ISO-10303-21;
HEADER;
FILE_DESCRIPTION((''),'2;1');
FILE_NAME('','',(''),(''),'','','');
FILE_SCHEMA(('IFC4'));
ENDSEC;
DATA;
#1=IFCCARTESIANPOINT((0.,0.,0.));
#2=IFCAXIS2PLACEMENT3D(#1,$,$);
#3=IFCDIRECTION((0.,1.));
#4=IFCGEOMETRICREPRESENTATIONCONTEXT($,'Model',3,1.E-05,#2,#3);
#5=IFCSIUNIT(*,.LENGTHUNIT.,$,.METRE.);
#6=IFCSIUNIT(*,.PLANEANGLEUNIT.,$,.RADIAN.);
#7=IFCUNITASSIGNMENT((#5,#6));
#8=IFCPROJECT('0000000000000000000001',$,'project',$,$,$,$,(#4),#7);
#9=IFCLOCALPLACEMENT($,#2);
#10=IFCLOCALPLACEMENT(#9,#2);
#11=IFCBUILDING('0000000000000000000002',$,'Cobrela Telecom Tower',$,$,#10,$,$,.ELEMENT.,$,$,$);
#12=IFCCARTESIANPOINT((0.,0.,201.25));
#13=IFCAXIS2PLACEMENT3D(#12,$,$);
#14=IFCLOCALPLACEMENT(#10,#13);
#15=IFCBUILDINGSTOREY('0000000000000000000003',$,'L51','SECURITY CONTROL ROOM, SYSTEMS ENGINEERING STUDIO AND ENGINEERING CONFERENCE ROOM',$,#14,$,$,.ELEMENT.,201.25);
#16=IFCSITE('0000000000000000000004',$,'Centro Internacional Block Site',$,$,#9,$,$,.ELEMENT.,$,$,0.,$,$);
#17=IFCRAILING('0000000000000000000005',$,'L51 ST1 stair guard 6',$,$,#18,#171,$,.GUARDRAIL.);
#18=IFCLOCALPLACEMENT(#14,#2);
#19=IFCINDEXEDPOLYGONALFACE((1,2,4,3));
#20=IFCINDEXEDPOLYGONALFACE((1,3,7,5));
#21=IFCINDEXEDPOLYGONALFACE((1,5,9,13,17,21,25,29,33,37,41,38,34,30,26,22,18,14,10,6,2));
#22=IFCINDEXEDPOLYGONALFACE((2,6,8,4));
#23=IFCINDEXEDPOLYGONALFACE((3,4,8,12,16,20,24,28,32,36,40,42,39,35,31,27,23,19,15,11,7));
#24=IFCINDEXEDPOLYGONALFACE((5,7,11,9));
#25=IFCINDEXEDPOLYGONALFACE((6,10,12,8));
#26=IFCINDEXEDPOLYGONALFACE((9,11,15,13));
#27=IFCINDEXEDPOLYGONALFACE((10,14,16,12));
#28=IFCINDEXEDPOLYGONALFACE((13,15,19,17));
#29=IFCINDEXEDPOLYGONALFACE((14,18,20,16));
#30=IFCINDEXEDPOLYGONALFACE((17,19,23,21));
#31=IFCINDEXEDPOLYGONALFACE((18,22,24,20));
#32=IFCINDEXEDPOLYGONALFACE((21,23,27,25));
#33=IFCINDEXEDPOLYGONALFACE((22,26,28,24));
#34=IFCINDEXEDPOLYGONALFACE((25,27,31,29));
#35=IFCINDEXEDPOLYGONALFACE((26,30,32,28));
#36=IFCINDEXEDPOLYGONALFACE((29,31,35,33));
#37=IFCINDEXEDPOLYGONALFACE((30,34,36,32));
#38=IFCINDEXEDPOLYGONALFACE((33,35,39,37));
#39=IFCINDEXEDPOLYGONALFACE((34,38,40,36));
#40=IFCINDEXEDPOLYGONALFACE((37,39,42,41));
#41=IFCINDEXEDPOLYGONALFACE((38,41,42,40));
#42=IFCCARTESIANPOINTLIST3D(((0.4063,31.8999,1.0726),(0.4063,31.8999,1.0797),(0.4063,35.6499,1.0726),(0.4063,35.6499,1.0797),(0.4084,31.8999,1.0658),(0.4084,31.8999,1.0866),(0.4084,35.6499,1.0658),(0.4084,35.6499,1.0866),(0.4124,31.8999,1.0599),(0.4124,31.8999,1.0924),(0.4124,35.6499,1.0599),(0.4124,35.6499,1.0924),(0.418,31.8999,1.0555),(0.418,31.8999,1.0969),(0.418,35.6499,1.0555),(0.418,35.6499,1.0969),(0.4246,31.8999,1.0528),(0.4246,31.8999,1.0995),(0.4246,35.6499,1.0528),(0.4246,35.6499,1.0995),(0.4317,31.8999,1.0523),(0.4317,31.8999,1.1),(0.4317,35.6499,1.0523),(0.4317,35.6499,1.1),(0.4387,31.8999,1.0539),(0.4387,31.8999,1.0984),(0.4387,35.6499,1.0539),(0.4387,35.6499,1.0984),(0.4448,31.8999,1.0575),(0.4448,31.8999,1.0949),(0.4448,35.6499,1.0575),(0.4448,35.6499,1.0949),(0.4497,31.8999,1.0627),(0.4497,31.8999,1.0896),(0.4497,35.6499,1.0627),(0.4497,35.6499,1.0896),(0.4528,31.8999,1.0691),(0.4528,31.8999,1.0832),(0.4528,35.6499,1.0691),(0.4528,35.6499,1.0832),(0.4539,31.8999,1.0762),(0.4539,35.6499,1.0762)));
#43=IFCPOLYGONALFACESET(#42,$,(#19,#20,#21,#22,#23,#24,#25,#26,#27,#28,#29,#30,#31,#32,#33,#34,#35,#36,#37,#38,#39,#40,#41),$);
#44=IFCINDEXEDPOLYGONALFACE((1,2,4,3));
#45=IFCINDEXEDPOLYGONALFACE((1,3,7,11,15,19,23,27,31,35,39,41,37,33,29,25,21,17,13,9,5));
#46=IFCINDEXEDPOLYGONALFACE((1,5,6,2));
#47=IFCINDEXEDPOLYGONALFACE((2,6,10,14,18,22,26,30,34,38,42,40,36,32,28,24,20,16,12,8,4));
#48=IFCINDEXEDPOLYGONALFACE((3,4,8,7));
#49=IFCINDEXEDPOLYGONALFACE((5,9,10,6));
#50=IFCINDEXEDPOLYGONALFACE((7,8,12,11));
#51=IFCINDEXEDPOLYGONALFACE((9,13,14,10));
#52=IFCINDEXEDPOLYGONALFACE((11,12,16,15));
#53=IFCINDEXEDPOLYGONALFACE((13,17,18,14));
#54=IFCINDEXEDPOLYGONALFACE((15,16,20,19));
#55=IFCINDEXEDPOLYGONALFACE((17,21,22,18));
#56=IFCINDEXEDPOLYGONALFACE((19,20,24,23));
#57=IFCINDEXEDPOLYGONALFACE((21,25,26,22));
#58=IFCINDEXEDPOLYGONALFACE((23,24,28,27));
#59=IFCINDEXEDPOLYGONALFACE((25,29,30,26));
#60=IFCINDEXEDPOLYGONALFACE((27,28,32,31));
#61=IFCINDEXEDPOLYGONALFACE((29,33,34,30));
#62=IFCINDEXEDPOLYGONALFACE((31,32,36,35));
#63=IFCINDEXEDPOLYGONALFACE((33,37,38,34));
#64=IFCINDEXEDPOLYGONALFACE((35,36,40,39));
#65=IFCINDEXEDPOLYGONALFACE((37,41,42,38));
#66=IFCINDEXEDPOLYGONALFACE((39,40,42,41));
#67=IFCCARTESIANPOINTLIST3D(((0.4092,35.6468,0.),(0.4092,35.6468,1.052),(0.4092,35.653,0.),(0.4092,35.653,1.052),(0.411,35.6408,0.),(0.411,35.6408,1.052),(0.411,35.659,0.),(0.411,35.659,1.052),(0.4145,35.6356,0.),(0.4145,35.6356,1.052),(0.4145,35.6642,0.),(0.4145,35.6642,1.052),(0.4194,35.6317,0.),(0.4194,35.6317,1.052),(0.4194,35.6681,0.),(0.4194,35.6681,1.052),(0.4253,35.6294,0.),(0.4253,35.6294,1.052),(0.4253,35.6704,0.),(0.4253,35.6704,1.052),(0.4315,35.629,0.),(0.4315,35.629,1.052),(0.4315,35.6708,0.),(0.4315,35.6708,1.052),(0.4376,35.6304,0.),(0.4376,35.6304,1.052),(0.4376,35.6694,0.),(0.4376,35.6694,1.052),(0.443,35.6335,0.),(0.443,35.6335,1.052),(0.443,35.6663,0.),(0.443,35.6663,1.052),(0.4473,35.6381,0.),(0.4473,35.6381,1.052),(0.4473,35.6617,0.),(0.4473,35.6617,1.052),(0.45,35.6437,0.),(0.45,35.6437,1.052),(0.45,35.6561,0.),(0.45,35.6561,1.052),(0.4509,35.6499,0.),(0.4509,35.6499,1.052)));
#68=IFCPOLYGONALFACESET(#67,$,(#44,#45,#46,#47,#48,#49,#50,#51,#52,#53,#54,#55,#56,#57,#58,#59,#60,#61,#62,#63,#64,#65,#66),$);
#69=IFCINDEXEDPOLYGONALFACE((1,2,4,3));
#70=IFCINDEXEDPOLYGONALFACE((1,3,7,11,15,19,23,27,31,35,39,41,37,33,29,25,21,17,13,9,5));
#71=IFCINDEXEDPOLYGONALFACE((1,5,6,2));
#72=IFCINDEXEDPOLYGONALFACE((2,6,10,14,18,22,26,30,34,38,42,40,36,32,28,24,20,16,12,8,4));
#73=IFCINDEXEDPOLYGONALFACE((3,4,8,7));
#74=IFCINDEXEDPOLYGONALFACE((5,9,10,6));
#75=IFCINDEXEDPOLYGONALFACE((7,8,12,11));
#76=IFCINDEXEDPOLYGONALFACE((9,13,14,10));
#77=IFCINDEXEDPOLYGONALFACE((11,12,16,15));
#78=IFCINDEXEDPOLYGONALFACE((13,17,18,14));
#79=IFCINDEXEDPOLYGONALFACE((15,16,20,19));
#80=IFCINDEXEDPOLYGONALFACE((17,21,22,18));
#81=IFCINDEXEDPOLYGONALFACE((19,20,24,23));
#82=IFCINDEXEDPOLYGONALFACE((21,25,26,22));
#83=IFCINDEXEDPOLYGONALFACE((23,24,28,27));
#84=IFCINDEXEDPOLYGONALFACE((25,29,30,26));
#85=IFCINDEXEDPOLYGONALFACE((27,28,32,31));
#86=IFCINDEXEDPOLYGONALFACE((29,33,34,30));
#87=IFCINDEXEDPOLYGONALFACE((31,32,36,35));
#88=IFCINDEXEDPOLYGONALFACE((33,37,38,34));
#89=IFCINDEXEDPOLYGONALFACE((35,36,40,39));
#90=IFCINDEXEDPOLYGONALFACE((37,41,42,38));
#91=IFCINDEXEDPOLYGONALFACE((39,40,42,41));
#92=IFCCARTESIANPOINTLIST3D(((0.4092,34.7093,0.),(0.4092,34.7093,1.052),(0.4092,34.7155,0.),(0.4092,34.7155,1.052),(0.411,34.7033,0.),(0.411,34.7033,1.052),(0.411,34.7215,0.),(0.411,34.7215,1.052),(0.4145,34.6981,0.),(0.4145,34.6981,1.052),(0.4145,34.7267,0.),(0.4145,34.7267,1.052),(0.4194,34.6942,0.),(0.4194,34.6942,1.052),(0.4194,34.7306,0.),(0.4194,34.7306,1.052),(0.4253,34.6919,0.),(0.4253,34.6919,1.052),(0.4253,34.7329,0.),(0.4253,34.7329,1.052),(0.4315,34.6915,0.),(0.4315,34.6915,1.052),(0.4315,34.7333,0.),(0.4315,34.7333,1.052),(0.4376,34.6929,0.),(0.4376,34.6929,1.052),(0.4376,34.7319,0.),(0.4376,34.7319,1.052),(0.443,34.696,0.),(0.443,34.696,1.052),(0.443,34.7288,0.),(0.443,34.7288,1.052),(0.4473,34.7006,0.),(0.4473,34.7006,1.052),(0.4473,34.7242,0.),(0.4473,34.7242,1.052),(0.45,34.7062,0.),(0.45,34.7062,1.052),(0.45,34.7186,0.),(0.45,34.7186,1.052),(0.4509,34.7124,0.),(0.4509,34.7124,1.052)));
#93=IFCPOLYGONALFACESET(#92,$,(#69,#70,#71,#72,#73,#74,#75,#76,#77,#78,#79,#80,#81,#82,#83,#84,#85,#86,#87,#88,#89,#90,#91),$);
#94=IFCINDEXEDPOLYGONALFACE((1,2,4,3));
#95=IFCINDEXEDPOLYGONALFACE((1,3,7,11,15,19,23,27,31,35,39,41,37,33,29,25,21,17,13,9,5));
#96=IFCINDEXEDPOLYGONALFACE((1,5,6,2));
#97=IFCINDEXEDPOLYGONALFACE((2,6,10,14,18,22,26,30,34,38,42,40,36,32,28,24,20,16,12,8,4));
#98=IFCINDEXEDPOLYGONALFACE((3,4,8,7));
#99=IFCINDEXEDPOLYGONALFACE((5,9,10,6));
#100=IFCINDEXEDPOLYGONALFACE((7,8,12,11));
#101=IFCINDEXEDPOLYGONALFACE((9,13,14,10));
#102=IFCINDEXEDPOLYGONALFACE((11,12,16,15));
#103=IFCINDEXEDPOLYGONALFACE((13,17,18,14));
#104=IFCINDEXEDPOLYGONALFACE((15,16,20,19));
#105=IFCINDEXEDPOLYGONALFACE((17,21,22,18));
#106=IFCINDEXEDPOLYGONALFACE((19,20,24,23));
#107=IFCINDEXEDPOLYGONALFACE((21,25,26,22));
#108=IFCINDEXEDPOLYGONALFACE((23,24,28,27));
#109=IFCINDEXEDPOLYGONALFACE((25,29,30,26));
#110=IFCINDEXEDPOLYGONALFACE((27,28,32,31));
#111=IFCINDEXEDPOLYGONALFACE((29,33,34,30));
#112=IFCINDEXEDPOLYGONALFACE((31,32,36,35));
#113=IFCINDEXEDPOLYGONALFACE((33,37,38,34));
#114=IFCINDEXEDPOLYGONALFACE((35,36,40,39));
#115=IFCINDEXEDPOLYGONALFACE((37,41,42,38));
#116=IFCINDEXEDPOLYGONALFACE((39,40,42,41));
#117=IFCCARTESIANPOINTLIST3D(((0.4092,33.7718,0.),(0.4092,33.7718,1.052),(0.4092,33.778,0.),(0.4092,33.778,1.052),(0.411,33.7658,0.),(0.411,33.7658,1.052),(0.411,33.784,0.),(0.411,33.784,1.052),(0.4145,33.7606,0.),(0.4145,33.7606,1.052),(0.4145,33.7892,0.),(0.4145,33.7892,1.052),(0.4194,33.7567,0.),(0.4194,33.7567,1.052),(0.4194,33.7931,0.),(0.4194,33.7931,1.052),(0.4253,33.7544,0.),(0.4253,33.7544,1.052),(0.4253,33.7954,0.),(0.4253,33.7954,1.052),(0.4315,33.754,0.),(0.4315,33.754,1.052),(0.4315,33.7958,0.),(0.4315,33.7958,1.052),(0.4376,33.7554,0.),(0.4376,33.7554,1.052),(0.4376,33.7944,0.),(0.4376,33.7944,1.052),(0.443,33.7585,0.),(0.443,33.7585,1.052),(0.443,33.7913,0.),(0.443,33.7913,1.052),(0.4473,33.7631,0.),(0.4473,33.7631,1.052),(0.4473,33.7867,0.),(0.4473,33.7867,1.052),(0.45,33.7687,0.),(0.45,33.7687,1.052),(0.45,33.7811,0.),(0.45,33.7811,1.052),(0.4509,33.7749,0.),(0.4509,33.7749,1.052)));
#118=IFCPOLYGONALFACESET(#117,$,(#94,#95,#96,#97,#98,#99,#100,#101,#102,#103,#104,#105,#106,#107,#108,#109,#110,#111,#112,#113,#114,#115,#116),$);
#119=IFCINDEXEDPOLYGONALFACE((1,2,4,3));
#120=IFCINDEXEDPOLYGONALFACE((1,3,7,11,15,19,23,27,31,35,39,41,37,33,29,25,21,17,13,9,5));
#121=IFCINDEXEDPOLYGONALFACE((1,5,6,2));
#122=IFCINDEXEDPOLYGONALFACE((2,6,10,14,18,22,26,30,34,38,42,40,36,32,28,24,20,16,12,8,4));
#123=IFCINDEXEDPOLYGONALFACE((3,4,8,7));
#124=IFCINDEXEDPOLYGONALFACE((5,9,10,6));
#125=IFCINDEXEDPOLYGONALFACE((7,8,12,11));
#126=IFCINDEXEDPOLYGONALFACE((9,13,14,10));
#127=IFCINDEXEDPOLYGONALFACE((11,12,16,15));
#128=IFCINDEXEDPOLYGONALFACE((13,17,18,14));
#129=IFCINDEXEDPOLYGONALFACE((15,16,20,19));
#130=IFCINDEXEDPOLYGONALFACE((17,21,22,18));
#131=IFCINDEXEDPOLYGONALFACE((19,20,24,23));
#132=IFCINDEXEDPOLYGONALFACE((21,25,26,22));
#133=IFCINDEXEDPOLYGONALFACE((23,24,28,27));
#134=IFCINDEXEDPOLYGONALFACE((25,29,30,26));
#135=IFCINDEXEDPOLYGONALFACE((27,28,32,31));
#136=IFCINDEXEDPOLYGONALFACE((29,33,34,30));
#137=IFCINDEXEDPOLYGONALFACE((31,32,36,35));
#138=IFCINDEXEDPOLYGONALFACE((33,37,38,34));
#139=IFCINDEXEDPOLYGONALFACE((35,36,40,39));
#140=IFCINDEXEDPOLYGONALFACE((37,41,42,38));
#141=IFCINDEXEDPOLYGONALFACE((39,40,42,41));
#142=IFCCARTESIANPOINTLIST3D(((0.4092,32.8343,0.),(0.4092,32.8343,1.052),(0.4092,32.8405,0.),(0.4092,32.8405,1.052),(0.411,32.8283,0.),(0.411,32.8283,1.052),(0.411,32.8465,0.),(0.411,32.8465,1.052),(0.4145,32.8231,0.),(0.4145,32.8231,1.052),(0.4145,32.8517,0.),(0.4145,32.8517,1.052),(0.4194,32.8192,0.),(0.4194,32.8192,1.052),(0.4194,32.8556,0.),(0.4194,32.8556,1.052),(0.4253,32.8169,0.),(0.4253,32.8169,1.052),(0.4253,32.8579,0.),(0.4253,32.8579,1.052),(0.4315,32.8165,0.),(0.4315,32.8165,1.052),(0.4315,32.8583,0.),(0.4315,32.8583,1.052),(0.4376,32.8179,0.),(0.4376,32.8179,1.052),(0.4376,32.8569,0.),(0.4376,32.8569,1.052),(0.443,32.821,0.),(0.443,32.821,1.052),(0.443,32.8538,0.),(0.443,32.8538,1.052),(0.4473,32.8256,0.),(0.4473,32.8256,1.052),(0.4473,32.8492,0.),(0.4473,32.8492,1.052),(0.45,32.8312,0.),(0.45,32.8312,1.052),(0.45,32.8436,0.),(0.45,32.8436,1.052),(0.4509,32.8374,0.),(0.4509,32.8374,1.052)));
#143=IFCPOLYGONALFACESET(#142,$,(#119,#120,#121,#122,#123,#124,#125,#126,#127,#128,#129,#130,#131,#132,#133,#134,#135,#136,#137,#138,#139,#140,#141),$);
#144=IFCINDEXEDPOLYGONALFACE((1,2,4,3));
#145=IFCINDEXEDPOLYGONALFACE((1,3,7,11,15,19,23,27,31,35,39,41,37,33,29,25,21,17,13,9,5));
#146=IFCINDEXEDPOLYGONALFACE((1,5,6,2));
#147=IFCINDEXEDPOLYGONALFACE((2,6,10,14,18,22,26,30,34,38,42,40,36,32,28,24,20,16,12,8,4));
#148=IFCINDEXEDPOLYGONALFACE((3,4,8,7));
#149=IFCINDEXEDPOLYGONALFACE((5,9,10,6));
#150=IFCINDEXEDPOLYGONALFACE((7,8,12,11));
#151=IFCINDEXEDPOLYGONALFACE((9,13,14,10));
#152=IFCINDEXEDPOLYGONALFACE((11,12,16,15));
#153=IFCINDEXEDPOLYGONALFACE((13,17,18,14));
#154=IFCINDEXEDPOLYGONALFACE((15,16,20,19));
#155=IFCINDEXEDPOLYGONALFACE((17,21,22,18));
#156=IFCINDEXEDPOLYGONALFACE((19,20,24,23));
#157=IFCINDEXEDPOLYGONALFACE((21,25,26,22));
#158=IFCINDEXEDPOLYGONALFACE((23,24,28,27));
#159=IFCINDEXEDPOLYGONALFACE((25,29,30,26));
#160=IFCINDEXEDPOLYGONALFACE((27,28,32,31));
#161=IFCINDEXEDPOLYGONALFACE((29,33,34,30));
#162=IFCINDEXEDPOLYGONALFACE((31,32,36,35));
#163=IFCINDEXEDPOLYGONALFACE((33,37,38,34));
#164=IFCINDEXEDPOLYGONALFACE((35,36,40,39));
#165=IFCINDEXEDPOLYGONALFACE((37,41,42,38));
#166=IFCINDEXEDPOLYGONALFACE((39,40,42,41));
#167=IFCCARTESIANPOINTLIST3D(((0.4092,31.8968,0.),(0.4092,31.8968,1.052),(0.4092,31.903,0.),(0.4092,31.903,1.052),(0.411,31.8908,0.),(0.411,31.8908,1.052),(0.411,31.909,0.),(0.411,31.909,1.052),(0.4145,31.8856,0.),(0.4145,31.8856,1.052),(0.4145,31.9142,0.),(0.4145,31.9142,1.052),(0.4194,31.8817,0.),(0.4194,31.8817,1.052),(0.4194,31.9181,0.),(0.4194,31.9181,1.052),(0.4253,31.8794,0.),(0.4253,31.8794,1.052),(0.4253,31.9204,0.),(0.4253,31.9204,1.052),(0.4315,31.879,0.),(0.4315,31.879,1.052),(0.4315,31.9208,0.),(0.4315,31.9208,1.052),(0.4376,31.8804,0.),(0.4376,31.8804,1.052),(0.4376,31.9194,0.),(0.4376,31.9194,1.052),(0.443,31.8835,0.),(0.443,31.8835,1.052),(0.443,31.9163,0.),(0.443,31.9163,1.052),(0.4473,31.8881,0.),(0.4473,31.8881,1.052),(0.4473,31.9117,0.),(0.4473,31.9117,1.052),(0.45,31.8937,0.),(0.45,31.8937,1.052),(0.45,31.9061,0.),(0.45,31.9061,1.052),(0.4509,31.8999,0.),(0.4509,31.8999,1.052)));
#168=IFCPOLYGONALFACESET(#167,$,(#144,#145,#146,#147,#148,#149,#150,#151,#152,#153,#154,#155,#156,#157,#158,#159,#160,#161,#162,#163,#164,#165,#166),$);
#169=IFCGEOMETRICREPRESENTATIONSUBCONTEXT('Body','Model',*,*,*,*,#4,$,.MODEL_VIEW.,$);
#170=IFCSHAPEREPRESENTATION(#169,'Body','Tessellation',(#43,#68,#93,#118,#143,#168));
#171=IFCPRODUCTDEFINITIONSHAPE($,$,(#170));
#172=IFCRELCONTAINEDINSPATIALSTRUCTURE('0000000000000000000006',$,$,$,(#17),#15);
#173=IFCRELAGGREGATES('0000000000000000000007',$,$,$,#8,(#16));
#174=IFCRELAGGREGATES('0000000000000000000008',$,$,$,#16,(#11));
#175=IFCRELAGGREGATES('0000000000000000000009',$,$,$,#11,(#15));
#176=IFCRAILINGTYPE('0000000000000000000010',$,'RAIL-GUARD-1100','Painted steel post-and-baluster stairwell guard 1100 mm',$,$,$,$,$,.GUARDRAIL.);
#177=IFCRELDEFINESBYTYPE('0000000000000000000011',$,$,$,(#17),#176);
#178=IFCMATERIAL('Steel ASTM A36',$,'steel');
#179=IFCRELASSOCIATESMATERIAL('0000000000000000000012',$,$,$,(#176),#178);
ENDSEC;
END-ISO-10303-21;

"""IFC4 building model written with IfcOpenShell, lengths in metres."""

from ifc_helpers import new_model, si_unit, direction, frame, origin, origin_2d, place, context, subcontext, project, spatial, circle, extrude, material, type_object, element, save


model = new_model("IFC4")

# Units and contexts
model_context = context("Model", 3, precision=1e-05, world=origin(), true_north=direction((0.0, 1.0)))
body_context = subcontext(model_context, "Body", "Model", "MODEL_VIEW")
ifc_project = project(units=[si_unit("LENGTHUNIT", "METRE"), si_unit("PLANEANGLEUNIT", "RADIAN")], contexts=[model_context])

# Site, building, storey
site_placement = place(None, origin())
site = spatial("IfcSite", under=ifc_project, at=site_placement, Name="Centro Internacional Block Site", CompositionType="ELEMENT", RefElevation=0.0)
building_placement = place(site_placement, origin())
building = spatial("IfcBuilding", under=site, at=building_placement, Name="Cobrela Telecom Tower", CompositionType="ELEMENT")
storey_placement = place(building_placement, frame((0.0, 0.0, 201.25)))
storey = spatial("IfcBuildingStorey", under=building, at=storey_placement, Name="L51", Description="SECURITY CONTROL ROOM, SYSTEMS ENGINEERING STUDIO AND ENGINEERING CONFERENCE ROOM", CompositionType="ELEMENT", Elevation=201.25)

# Shared definitions
ifc_material_1 = material(Name="Steel ASTM A36", Category="steel")

# Railing
railing_type_1 = type_object("IfcRailingType", Name="RAIL-GUARD-1100", Description="Painted steel post-and-baluster stairwell guard 1100 mm", PredefinedType="GUARDRAIL", material=ifc_material_1)
railing_1_placement = place(storey_placement, frame((0.4299, 35.6499, 0.0)))
element("IfcRailing", 1, at=railing_1_placement, inside=storey, type_object=railing_type_1, Name="L51 ST1 stair guard 6", PredefinedType="GUARDRAIL", context=body_context, shape_type="SweptSolid", body=[
    extrude(circle(Radius=0.0239, at=origin_2d()), frame((0.0, 0.0, 1.0762), z_axis=(0.0, -1.0, 0.0), x_axis=(1.0, 0.0, 0.0)), (0.0, 0.0, 1.0), 3.75),
    extrude(circle(Radius=0.021, at=origin_2d()), origin(), (0.0, 0.0, 1.0), 1.052),
    extrude(circle(Radius=0.021, at=origin_2d()), frame((0.0, -0.9375, 0.0)), (0.0, 0.0, 1.0), 1.052),
    extrude(circle(Radius=0.021, at=origin_2d()), frame((0.0, -1.875, 0.0)), (0.0, 0.0, 1.0), 1.052),
    extrude(circle(Radius=0.021, at=origin_2d()), frame((0.0, -2.8125, 0.0)), (0.0, 0.0, 1.0), 1.052),
    extrude(circle(Radius=0.021, at=origin_2d()), frame((0.0, -3.75, 0.0)), (0.0, 0.0, 1.0), 1.052),
])

save(model, "model.ifc")
